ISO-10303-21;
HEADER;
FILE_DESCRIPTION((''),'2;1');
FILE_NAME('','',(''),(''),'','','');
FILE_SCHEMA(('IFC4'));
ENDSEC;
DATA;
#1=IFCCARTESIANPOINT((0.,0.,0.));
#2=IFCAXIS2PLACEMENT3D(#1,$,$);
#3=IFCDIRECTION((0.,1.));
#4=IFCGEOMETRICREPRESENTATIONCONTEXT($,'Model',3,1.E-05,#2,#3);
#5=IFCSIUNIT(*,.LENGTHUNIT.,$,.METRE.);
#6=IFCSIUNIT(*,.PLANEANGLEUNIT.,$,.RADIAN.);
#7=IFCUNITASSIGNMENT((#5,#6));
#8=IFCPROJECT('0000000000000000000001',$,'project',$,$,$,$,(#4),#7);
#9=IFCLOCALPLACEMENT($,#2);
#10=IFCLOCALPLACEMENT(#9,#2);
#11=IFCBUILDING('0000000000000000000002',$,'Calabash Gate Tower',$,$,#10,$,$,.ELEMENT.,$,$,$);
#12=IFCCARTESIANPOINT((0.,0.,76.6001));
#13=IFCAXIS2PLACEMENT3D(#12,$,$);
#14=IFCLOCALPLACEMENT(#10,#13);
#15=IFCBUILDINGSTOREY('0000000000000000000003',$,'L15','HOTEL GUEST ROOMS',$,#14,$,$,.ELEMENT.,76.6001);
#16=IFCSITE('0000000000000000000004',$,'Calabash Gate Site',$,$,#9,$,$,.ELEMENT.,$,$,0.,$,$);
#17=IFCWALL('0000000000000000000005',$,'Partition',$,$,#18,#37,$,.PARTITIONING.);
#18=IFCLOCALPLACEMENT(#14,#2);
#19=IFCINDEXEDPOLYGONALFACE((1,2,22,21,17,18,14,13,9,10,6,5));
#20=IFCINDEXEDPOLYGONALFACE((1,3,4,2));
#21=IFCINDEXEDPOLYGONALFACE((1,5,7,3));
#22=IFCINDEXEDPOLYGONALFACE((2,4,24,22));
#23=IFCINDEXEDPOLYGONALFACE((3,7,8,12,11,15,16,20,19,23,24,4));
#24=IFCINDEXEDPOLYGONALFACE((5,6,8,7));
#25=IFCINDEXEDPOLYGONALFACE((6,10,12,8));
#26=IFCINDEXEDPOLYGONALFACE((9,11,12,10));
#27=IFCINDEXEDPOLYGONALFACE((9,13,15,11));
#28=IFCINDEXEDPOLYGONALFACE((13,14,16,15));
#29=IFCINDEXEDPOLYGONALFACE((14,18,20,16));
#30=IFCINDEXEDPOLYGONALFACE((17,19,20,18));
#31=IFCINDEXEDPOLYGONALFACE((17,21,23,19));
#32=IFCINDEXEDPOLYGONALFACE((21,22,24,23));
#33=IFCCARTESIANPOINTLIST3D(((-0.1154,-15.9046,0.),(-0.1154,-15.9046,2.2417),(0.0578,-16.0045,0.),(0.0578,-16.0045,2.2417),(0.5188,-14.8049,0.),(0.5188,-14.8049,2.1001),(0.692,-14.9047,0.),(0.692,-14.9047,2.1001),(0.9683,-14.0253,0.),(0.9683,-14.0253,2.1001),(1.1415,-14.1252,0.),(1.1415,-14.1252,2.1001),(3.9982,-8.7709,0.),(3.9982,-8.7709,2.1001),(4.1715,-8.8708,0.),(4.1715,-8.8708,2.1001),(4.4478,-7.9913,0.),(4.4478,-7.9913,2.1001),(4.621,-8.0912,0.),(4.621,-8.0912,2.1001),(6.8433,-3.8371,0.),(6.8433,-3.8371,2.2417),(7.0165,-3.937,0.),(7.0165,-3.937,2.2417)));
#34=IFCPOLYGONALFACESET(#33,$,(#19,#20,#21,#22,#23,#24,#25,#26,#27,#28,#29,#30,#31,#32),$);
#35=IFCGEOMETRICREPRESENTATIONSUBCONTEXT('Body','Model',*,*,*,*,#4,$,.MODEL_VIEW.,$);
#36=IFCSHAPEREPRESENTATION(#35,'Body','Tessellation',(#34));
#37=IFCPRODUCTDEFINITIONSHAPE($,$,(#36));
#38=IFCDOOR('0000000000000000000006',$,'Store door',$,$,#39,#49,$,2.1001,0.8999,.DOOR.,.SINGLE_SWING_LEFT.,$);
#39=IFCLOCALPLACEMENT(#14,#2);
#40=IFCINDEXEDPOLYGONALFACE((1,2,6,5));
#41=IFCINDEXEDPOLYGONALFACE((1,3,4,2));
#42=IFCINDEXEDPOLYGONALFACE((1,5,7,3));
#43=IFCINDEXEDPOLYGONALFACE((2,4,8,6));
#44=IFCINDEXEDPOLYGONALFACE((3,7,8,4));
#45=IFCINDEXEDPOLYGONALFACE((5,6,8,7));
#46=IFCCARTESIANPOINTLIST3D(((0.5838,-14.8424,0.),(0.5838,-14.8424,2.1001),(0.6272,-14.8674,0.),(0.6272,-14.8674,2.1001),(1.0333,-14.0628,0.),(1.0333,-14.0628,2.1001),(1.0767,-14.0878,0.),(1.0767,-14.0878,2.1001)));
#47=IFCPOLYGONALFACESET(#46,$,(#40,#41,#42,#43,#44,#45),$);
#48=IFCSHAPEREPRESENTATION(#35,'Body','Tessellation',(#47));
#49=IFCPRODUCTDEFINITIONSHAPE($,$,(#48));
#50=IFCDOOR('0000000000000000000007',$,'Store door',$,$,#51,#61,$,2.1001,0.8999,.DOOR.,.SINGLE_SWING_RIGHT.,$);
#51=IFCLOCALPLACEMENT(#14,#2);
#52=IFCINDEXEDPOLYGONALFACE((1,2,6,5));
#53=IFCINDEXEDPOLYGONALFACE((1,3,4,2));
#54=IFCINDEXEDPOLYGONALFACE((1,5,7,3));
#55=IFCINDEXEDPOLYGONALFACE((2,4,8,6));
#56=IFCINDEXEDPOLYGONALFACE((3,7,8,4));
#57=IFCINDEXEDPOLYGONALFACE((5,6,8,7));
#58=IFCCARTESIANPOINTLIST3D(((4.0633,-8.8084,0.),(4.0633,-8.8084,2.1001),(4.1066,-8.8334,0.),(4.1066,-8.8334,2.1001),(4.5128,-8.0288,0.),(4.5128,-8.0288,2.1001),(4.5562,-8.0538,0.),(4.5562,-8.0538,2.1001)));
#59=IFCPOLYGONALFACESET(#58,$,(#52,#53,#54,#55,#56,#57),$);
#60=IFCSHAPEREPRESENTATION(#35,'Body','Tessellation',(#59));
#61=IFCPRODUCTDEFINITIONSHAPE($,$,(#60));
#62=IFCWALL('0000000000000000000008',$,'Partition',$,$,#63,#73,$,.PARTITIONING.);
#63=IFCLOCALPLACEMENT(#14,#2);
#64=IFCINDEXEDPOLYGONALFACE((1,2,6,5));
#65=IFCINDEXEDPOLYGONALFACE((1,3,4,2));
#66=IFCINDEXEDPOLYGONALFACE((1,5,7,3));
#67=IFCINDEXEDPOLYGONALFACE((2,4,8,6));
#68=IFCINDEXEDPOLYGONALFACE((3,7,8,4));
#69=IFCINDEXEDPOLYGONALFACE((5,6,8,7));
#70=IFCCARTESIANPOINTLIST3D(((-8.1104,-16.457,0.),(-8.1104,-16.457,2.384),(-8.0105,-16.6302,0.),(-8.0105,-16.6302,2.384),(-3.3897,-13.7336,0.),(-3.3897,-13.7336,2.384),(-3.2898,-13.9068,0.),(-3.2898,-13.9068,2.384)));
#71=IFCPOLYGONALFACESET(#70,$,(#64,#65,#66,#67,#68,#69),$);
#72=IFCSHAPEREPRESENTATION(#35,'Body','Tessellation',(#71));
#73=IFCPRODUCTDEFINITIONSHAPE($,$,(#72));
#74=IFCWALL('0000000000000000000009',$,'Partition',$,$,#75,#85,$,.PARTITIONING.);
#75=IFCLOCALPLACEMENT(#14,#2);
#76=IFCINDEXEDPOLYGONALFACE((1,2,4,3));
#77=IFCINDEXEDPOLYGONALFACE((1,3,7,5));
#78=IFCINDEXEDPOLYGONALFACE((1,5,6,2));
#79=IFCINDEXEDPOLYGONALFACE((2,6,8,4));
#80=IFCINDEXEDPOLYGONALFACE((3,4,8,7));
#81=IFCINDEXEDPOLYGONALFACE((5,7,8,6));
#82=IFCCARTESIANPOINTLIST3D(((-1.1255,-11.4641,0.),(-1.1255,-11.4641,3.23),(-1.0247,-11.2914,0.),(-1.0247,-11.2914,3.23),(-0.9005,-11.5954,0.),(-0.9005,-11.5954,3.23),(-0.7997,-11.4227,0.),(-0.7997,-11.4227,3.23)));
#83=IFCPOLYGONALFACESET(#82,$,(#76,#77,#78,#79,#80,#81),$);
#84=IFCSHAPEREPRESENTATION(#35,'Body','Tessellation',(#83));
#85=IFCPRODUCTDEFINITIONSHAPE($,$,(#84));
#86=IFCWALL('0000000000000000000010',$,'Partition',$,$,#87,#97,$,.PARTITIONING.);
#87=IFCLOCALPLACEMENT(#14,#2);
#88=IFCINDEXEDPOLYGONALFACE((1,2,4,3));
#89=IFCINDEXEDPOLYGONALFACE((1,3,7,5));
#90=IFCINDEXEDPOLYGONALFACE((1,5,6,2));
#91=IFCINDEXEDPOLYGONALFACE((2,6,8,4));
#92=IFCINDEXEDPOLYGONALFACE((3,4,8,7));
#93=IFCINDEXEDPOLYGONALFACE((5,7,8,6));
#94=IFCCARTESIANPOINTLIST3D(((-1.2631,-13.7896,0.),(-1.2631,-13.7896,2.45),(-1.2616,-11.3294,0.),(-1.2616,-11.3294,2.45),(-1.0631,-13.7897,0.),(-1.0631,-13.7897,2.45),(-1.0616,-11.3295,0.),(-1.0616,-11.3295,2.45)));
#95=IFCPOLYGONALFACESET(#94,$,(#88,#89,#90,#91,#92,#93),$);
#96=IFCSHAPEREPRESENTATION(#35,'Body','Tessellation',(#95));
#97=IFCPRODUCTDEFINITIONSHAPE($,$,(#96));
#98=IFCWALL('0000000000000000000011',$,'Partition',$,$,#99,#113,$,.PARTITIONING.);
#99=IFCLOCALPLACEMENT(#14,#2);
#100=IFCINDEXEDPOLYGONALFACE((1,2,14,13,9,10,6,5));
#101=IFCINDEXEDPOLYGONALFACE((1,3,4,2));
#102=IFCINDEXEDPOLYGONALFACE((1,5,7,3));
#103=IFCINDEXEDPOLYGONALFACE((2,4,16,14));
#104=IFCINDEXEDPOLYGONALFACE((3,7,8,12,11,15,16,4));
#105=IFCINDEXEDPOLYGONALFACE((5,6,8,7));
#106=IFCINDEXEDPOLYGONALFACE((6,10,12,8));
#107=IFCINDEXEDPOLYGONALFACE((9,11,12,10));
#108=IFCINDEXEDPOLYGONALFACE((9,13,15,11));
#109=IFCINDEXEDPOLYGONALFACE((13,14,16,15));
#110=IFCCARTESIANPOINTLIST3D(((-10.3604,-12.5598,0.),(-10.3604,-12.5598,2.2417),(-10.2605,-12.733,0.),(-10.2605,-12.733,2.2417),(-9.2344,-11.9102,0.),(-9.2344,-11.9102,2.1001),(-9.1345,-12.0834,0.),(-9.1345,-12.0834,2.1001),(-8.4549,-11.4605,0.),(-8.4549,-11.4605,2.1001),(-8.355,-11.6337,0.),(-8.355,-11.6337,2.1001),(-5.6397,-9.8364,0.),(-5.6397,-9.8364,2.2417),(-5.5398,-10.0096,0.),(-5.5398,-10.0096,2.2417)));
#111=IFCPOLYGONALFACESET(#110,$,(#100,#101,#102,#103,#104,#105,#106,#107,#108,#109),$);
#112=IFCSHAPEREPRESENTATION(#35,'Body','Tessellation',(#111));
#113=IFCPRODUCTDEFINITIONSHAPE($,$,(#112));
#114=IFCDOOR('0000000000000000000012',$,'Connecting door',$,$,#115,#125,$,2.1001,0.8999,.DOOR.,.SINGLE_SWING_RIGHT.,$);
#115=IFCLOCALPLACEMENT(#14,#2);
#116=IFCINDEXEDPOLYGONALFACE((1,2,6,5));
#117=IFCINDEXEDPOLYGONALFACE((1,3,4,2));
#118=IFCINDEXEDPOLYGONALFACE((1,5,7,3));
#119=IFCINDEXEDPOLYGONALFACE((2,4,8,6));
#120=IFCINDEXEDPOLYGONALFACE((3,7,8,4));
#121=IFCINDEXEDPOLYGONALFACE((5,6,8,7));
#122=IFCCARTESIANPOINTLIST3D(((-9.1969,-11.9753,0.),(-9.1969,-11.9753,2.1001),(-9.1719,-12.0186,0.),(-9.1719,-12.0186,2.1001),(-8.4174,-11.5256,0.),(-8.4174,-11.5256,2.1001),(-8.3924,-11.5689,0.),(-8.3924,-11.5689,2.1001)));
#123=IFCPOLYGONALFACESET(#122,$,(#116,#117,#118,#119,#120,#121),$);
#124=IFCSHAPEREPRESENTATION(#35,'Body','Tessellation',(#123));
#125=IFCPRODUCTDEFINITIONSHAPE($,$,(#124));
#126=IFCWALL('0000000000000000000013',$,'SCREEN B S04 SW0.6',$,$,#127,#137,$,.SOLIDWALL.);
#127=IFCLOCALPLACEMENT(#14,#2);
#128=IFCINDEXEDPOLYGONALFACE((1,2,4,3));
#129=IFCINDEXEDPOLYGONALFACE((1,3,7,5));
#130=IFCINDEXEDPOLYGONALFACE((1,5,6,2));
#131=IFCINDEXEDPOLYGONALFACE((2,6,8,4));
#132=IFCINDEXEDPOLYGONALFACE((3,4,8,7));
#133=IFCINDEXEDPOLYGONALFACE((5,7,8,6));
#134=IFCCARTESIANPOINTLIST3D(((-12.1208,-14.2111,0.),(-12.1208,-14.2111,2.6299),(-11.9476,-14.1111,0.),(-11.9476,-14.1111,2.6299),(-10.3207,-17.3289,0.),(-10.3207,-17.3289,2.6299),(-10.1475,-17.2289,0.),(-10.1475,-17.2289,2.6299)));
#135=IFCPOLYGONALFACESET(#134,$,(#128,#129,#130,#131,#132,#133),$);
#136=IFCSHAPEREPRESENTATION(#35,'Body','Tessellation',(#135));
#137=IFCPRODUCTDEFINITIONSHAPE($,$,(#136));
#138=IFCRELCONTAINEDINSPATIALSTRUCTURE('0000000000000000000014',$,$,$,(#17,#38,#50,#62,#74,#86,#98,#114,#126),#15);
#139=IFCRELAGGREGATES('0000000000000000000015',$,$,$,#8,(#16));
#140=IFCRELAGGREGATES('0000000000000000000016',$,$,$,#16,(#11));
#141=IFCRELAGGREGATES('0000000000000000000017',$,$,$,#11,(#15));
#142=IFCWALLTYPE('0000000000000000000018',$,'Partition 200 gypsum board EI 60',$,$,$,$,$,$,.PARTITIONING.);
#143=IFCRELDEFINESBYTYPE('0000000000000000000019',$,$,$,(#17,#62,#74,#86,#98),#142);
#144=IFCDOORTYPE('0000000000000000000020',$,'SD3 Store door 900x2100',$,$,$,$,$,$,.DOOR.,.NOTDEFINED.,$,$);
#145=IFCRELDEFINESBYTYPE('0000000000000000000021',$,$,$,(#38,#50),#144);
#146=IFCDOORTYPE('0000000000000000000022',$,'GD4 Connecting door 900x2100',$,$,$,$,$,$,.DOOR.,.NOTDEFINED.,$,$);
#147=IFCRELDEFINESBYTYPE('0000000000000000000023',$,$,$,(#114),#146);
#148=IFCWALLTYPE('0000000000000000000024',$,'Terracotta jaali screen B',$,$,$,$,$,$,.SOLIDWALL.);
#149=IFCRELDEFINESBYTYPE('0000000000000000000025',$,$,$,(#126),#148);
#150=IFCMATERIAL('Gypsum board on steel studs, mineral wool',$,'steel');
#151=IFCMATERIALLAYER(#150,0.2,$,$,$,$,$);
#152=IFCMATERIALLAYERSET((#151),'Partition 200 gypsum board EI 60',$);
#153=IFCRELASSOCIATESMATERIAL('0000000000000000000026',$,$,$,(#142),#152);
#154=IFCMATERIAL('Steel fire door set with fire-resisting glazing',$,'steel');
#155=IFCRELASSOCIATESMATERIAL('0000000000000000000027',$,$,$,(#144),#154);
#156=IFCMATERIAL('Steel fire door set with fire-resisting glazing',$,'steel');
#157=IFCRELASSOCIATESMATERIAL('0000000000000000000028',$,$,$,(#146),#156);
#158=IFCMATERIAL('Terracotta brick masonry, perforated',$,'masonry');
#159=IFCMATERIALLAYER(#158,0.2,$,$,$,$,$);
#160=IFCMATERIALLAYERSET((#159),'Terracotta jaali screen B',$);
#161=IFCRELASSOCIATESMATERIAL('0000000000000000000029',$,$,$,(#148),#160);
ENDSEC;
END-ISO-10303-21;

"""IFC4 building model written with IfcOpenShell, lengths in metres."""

from ifc_helpers import new_model, si_unit, direction, frame, frame_2d, origin, place, context, subcontext, project, spatial, rectangle, extrude, material, layer, layer_set, type_object, element, fill, save


model = new_model("IFC4")

# Units and contexts
model_context = context("Model", 3, precision=1e-05, world=origin(), true_north=direction((0.0, 1.0)))
body_context = subcontext(model_context, "Body", "Model", "MODEL_VIEW")
ifc_project = project(units=[si_unit("LENGTHUNIT", "METRE"), si_unit("PLANEANGLEUNIT", "RADIAN")], contexts=[model_context])

# Site, building, storey
site_placement = place(None, origin())
site = spatial("IfcSite", under=ifc_project, at=site_placement, Name="Calabash Gate Site", CompositionType="ELEMENT", RefElevation=0.0)
building_placement = place(site_placement, origin())
building = spatial("IfcBuilding", under=site, at=building_placement, Name="Calabash Gate Tower", CompositionType="ELEMENT")
storey_placement = place(building_placement, frame((0.0, 0.0, 76.6001)))
storey = spatial("IfcBuildingStorey", under=building, at=storey_placement, Name="L15", Description="HOTEL GUEST ROOMS", CompositionType="ELEMENT", Elevation=76.6001)

# Wall, openings, doors
ifc_material_1 = material(Name="Gypsum board on steel studs, mineral wool", Category="steel")
ifc_layer_1 = layer(ifc_material_1, 0.2)
ifc_layer_set_1 = layer_set([ifc_layer_1], Name="Partition 200 gypsum board EI 60")
wall_type_1 = type_object("IfcWallType", Name="Partition 200 gypsum board EI 60", PredefinedType="PARTITIONING", material=ifc_layer_set_1)
wall_1_placement = place(storey_placement, frame((-0.0288, -15.9546, 0.0), z_axis=(0.0, 0.0, 1.0), x_axis=(0.499542, 0.86629, 0.0)))
wall_1 = element("IfcWall", 1, at=wall_1_placement, inside=storey, type_object=wall_type_1, Name="Partition", PredefinedType="PARTITIONING", context=body_context, shape_type="SweptSolid", body=[
    extrude(rectangle(XDim=13.9302, YDim=0.2, at=frame_2d((6.9651, 0.0))), origin(), (0.0, 0.0, 1.0), 2.2417),
])
opening_1_placement = place(wall_1_placement, frame((1.2695, 0.0, 0.0)))
opening_1 = element("IfcOpeningElement", 2, at=opening_1_placement, cuts=wall_1, PredefinedType="OPENING", context=body_context, shape_type="SweptSolid", body=[
    extrude(rectangle(XDim=0.8999, YDim=2.1001, at=frame_2d((0.45, 1.05))), frame((0.0, 0.1099, 0.0), z_axis=(0.0, -1.0, 0.0), x_axis=(1.0, 0.0, 0.0)), (0.0, 0.0, 1.0), 0.22),
])
opening_2_placement = place(wall_1_placement, frame((8.2349, 0.0, 0.0)))
opening_2 = element("IfcOpeningElement", 3, at=opening_2_placement, cuts=wall_1, PredefinedType="OPENING", context=body_context, shape_type="SweptSolid", body=[
    extrude(rectangle(XDim=0.8999, YDim=2.1001, at=frame_2d((0.45, 1.05))), frame((0.0, 0.1099, 0.0), z_axis=(0.0, -1.0, 0.0), x_axis=(1.0, 0.0, 0.0)), (0.0, 0.0, 1.0), 0.22),
])
ifc_material_2 = material(Name="Steel fire door set with fire-resisting glazing", Category="steel")
door_type_1 = type_object("IfcDoorType", Name="SD3 Store door 900x2100", OperationType="NOTDEFINED", PredefinedType="DOOR", material=ifc_material_2)
door_1_placement = place(opening_1_placement, origin())
door_1 = element("IfcDoor", 4, at=door_1_placement, inside=storey, type_object=door_type_1, Name="Store door", OperationType="SINGLE_SWING_LEFT", OverallHeight=2.1001, OverallWidth=0.8999, PredefinedType="DOOR", context=body_context, shape_type="SweptSolid", body=[
    extrude(rectangle(XDim=0.8999, YDim=2.1001, at=frame_2d((0.45, 1.05))), frame((0.0, 0.0249, 0.0), z_axis=(0.0, -1.0, 0.0), x_axis=(1.0, 0.0, 0.0)), (0.0, 0.0, 1.0), 0.05),
])
fill(opening_1, door_1)
door_2_placement = place(opening_2_placement, origin())
door_2 = element("IfcDoor", 5, at=door_2_placement, inside=storey, type_object=door_type_1, Name="Store door", OperationType="SINGLE_SWING_RIGHT", OverallHeight=2.1001, OverallWidth=0.8999, PredefinedType="DOOR", context=body_context, shape_type="SweptSolid", body=[
    extrude(rectangle(XDim=0.8999, YDim=2.1001, at=frame_2d((0.45, 1.05))), frame((0.0, 0.0249, 0.0), z_axis=(0.0, -1.0, 0.0), x_axis=(1.0, 0.0, 0.0)), (0.0, 0.0, 1.0), 0.05),
])
fill(opening_2, door_2)

# Walls
wall_2_placement = place(storey_placement, frame((-8.0605, -16.5437, 0.0), z_axis=(0.0, 0.0, 1.0), x_axis=(0.866193, 0.49971, 0.0)))
element("IfcWall", 6, at=wall_2_placement, inside=storey, type_object=wall_type_1, Name="Partition", PredefinedType="PARTITIONING", context=body_context, shape_type="SweptSolid", body=[
    extrude(rectangle(XDim=5.45, YDim=0.2, at=frame_2d((2.7251, 0.0))), origin(), (0.0, 0.0, 1.0), 2.384),
])
wall_3_placement = place(storey_placement, frame((-1.0752, -11.3777, 0.0), z_axis=(0.0, 0.0, 1.0), x_axis=(0.863711, -0.503988, 0.0)))
element("IfcWall", 7, at=wall_3_placement, inside=storey, type_object=wall_type_1, Name="Partition", PredefinedType="PARTITIONING", context=body_context, shape_type="SweptSolid", body=[
    extrude(rectangle(XDim=0.2605, YDim=0.2, at=frame_2d((0.1304, 0.0))), origin(), (0.0, 0.0, 1.0), 3.23),
])
wall_4_placement = place(storey_placement, frame((-1.1631, -13.7896, 0.0), z_axis=(0.0, 0.0, 1.0), x_axis=(0.000595, 1.0, 0.0)))
element("IfcWall", 8, at=wall_4_placement, inside=storey, type_object=wall_type_1, Name="Partition", PredefinedType="PARTITIONING", context=body_context, shape_type="SweptSolid", body=[
    extrude(rectangle(XDim=2.4602, YDim=0.2, at=frame_2d((1.23, 0.0))), origin(), (0.0, 0.0, 1.0), 2.45),
])

# Wall, opening, door
wall_5_placement = place(storey_placement, frame((-10.3105, -12.6465, 0.0), z_axis=(0.0, 0.0, 1.0), x_axis=(0.866193, 0.49971, 0.0)))
wall_5 = element("IfcWall", 9, at=wall_5_placement, inside=storey, type_object=wall_type_1, Name="Partition", PredefinedType="PARTITIONING", context=body_context, shape_type="SweptSolid", body=[
    extrude(rectangle(XDim=5.45, YDim=0.2, at=frame_2d((2.7251, 0.0))), origin(), (0.0, 0.0, 1.0), 2.2417),
])
opening_3_placement = place(wall_5_placement, frame((1.3, 0.0, 0.0)))
opening_3 = element("IfcOpeningElement", 10, at=opening_3_placement, cuts=wall_5, PredefinedType="OPENING", context=body_context, shape_type="SweptSolid", body=[
    extrude(rectangle(XDim=0.8999, YDim=2.1001, at=frame_2d((0.45, 1.05))), frame((0.0, 0.1099, 0.0), z_axis=(0.0, -1.0, 0.0), x_axis=(1.0, 0.0, 0.0)), (0.0, 0.0, 1.0), 0.22),
])
ifc_material_3 = material(Name="Steel fire door set with fire-resisting glazing", Category="steel")
door_type_2 = type_object("IfcDoorType", Name="GD4 Connecting door 900x2100", OperationType="NOTDEFINED", PredefinedType="DOOR", material=ifc_material_3)
door_3_placement = place(opening_3_placement, origin())
door_3 = element("IfcDoor", 11, at=door_3_placement, inside=storey, type_object=door_type_2, Name="Connecting door", OperationType="SINGLE_SWING_RIGHT", OverallHeight=2.1001, OverallWidth=0.8999, PredefinedType="DOOR", context=body_context, shape_type="SweptSolid", body=[
    extrude(rectangle(XDim=0.8999, YDim=2.1001, at=frame_2d((0.45, 1.05))), frame((0.0, 0.0249, 0.0), z_axis=(0.0, -1.0, 0.0), x_axis=(1.0, 0.0, 0.0)), (0.0, 0.0, 1.0), 0.05),
])
fill(opening_3, door_3)

# Wall
ifc_material_4 = material(Name="Terracotta brick masonry, perforated", Category="masonry")
ifc_layer_2 = layer(ifc_material_4, 0.2)
ifc_layer_set_2 = layer_set([ifc_layer_2], Name="Terracotta jaali screen B")
wall_type_2 = type_object("IfcWallType", Name="Terracotta jaali screen B", PredefinedType="SOLIDWALL", material=ifc_layer_set_2)
wall_6_placement = place(storey_placement, frame((-12.0342, -14.1611, 0.0), z_axis=(0.0, 0.0, 1.0), x_axis=(0.500012, -0.866018, 0.0)))
element("IfcWall", 12, at=wall_6_placement, inside=storey, type_object=wall_type_2, Name="SCREEN B S04 SW0.6", PredefinedType="SOLIDWALL", context=body_context, shape_type="SweptSolid", body=[
    extrude(rectangle(XDim=3.6001, YDim=0.2, at=frame_2d((1.8, 0.0))), origin(), (0.0, 0.0, 1.0), 2.6299),
])

save(model, "model.ifc")
